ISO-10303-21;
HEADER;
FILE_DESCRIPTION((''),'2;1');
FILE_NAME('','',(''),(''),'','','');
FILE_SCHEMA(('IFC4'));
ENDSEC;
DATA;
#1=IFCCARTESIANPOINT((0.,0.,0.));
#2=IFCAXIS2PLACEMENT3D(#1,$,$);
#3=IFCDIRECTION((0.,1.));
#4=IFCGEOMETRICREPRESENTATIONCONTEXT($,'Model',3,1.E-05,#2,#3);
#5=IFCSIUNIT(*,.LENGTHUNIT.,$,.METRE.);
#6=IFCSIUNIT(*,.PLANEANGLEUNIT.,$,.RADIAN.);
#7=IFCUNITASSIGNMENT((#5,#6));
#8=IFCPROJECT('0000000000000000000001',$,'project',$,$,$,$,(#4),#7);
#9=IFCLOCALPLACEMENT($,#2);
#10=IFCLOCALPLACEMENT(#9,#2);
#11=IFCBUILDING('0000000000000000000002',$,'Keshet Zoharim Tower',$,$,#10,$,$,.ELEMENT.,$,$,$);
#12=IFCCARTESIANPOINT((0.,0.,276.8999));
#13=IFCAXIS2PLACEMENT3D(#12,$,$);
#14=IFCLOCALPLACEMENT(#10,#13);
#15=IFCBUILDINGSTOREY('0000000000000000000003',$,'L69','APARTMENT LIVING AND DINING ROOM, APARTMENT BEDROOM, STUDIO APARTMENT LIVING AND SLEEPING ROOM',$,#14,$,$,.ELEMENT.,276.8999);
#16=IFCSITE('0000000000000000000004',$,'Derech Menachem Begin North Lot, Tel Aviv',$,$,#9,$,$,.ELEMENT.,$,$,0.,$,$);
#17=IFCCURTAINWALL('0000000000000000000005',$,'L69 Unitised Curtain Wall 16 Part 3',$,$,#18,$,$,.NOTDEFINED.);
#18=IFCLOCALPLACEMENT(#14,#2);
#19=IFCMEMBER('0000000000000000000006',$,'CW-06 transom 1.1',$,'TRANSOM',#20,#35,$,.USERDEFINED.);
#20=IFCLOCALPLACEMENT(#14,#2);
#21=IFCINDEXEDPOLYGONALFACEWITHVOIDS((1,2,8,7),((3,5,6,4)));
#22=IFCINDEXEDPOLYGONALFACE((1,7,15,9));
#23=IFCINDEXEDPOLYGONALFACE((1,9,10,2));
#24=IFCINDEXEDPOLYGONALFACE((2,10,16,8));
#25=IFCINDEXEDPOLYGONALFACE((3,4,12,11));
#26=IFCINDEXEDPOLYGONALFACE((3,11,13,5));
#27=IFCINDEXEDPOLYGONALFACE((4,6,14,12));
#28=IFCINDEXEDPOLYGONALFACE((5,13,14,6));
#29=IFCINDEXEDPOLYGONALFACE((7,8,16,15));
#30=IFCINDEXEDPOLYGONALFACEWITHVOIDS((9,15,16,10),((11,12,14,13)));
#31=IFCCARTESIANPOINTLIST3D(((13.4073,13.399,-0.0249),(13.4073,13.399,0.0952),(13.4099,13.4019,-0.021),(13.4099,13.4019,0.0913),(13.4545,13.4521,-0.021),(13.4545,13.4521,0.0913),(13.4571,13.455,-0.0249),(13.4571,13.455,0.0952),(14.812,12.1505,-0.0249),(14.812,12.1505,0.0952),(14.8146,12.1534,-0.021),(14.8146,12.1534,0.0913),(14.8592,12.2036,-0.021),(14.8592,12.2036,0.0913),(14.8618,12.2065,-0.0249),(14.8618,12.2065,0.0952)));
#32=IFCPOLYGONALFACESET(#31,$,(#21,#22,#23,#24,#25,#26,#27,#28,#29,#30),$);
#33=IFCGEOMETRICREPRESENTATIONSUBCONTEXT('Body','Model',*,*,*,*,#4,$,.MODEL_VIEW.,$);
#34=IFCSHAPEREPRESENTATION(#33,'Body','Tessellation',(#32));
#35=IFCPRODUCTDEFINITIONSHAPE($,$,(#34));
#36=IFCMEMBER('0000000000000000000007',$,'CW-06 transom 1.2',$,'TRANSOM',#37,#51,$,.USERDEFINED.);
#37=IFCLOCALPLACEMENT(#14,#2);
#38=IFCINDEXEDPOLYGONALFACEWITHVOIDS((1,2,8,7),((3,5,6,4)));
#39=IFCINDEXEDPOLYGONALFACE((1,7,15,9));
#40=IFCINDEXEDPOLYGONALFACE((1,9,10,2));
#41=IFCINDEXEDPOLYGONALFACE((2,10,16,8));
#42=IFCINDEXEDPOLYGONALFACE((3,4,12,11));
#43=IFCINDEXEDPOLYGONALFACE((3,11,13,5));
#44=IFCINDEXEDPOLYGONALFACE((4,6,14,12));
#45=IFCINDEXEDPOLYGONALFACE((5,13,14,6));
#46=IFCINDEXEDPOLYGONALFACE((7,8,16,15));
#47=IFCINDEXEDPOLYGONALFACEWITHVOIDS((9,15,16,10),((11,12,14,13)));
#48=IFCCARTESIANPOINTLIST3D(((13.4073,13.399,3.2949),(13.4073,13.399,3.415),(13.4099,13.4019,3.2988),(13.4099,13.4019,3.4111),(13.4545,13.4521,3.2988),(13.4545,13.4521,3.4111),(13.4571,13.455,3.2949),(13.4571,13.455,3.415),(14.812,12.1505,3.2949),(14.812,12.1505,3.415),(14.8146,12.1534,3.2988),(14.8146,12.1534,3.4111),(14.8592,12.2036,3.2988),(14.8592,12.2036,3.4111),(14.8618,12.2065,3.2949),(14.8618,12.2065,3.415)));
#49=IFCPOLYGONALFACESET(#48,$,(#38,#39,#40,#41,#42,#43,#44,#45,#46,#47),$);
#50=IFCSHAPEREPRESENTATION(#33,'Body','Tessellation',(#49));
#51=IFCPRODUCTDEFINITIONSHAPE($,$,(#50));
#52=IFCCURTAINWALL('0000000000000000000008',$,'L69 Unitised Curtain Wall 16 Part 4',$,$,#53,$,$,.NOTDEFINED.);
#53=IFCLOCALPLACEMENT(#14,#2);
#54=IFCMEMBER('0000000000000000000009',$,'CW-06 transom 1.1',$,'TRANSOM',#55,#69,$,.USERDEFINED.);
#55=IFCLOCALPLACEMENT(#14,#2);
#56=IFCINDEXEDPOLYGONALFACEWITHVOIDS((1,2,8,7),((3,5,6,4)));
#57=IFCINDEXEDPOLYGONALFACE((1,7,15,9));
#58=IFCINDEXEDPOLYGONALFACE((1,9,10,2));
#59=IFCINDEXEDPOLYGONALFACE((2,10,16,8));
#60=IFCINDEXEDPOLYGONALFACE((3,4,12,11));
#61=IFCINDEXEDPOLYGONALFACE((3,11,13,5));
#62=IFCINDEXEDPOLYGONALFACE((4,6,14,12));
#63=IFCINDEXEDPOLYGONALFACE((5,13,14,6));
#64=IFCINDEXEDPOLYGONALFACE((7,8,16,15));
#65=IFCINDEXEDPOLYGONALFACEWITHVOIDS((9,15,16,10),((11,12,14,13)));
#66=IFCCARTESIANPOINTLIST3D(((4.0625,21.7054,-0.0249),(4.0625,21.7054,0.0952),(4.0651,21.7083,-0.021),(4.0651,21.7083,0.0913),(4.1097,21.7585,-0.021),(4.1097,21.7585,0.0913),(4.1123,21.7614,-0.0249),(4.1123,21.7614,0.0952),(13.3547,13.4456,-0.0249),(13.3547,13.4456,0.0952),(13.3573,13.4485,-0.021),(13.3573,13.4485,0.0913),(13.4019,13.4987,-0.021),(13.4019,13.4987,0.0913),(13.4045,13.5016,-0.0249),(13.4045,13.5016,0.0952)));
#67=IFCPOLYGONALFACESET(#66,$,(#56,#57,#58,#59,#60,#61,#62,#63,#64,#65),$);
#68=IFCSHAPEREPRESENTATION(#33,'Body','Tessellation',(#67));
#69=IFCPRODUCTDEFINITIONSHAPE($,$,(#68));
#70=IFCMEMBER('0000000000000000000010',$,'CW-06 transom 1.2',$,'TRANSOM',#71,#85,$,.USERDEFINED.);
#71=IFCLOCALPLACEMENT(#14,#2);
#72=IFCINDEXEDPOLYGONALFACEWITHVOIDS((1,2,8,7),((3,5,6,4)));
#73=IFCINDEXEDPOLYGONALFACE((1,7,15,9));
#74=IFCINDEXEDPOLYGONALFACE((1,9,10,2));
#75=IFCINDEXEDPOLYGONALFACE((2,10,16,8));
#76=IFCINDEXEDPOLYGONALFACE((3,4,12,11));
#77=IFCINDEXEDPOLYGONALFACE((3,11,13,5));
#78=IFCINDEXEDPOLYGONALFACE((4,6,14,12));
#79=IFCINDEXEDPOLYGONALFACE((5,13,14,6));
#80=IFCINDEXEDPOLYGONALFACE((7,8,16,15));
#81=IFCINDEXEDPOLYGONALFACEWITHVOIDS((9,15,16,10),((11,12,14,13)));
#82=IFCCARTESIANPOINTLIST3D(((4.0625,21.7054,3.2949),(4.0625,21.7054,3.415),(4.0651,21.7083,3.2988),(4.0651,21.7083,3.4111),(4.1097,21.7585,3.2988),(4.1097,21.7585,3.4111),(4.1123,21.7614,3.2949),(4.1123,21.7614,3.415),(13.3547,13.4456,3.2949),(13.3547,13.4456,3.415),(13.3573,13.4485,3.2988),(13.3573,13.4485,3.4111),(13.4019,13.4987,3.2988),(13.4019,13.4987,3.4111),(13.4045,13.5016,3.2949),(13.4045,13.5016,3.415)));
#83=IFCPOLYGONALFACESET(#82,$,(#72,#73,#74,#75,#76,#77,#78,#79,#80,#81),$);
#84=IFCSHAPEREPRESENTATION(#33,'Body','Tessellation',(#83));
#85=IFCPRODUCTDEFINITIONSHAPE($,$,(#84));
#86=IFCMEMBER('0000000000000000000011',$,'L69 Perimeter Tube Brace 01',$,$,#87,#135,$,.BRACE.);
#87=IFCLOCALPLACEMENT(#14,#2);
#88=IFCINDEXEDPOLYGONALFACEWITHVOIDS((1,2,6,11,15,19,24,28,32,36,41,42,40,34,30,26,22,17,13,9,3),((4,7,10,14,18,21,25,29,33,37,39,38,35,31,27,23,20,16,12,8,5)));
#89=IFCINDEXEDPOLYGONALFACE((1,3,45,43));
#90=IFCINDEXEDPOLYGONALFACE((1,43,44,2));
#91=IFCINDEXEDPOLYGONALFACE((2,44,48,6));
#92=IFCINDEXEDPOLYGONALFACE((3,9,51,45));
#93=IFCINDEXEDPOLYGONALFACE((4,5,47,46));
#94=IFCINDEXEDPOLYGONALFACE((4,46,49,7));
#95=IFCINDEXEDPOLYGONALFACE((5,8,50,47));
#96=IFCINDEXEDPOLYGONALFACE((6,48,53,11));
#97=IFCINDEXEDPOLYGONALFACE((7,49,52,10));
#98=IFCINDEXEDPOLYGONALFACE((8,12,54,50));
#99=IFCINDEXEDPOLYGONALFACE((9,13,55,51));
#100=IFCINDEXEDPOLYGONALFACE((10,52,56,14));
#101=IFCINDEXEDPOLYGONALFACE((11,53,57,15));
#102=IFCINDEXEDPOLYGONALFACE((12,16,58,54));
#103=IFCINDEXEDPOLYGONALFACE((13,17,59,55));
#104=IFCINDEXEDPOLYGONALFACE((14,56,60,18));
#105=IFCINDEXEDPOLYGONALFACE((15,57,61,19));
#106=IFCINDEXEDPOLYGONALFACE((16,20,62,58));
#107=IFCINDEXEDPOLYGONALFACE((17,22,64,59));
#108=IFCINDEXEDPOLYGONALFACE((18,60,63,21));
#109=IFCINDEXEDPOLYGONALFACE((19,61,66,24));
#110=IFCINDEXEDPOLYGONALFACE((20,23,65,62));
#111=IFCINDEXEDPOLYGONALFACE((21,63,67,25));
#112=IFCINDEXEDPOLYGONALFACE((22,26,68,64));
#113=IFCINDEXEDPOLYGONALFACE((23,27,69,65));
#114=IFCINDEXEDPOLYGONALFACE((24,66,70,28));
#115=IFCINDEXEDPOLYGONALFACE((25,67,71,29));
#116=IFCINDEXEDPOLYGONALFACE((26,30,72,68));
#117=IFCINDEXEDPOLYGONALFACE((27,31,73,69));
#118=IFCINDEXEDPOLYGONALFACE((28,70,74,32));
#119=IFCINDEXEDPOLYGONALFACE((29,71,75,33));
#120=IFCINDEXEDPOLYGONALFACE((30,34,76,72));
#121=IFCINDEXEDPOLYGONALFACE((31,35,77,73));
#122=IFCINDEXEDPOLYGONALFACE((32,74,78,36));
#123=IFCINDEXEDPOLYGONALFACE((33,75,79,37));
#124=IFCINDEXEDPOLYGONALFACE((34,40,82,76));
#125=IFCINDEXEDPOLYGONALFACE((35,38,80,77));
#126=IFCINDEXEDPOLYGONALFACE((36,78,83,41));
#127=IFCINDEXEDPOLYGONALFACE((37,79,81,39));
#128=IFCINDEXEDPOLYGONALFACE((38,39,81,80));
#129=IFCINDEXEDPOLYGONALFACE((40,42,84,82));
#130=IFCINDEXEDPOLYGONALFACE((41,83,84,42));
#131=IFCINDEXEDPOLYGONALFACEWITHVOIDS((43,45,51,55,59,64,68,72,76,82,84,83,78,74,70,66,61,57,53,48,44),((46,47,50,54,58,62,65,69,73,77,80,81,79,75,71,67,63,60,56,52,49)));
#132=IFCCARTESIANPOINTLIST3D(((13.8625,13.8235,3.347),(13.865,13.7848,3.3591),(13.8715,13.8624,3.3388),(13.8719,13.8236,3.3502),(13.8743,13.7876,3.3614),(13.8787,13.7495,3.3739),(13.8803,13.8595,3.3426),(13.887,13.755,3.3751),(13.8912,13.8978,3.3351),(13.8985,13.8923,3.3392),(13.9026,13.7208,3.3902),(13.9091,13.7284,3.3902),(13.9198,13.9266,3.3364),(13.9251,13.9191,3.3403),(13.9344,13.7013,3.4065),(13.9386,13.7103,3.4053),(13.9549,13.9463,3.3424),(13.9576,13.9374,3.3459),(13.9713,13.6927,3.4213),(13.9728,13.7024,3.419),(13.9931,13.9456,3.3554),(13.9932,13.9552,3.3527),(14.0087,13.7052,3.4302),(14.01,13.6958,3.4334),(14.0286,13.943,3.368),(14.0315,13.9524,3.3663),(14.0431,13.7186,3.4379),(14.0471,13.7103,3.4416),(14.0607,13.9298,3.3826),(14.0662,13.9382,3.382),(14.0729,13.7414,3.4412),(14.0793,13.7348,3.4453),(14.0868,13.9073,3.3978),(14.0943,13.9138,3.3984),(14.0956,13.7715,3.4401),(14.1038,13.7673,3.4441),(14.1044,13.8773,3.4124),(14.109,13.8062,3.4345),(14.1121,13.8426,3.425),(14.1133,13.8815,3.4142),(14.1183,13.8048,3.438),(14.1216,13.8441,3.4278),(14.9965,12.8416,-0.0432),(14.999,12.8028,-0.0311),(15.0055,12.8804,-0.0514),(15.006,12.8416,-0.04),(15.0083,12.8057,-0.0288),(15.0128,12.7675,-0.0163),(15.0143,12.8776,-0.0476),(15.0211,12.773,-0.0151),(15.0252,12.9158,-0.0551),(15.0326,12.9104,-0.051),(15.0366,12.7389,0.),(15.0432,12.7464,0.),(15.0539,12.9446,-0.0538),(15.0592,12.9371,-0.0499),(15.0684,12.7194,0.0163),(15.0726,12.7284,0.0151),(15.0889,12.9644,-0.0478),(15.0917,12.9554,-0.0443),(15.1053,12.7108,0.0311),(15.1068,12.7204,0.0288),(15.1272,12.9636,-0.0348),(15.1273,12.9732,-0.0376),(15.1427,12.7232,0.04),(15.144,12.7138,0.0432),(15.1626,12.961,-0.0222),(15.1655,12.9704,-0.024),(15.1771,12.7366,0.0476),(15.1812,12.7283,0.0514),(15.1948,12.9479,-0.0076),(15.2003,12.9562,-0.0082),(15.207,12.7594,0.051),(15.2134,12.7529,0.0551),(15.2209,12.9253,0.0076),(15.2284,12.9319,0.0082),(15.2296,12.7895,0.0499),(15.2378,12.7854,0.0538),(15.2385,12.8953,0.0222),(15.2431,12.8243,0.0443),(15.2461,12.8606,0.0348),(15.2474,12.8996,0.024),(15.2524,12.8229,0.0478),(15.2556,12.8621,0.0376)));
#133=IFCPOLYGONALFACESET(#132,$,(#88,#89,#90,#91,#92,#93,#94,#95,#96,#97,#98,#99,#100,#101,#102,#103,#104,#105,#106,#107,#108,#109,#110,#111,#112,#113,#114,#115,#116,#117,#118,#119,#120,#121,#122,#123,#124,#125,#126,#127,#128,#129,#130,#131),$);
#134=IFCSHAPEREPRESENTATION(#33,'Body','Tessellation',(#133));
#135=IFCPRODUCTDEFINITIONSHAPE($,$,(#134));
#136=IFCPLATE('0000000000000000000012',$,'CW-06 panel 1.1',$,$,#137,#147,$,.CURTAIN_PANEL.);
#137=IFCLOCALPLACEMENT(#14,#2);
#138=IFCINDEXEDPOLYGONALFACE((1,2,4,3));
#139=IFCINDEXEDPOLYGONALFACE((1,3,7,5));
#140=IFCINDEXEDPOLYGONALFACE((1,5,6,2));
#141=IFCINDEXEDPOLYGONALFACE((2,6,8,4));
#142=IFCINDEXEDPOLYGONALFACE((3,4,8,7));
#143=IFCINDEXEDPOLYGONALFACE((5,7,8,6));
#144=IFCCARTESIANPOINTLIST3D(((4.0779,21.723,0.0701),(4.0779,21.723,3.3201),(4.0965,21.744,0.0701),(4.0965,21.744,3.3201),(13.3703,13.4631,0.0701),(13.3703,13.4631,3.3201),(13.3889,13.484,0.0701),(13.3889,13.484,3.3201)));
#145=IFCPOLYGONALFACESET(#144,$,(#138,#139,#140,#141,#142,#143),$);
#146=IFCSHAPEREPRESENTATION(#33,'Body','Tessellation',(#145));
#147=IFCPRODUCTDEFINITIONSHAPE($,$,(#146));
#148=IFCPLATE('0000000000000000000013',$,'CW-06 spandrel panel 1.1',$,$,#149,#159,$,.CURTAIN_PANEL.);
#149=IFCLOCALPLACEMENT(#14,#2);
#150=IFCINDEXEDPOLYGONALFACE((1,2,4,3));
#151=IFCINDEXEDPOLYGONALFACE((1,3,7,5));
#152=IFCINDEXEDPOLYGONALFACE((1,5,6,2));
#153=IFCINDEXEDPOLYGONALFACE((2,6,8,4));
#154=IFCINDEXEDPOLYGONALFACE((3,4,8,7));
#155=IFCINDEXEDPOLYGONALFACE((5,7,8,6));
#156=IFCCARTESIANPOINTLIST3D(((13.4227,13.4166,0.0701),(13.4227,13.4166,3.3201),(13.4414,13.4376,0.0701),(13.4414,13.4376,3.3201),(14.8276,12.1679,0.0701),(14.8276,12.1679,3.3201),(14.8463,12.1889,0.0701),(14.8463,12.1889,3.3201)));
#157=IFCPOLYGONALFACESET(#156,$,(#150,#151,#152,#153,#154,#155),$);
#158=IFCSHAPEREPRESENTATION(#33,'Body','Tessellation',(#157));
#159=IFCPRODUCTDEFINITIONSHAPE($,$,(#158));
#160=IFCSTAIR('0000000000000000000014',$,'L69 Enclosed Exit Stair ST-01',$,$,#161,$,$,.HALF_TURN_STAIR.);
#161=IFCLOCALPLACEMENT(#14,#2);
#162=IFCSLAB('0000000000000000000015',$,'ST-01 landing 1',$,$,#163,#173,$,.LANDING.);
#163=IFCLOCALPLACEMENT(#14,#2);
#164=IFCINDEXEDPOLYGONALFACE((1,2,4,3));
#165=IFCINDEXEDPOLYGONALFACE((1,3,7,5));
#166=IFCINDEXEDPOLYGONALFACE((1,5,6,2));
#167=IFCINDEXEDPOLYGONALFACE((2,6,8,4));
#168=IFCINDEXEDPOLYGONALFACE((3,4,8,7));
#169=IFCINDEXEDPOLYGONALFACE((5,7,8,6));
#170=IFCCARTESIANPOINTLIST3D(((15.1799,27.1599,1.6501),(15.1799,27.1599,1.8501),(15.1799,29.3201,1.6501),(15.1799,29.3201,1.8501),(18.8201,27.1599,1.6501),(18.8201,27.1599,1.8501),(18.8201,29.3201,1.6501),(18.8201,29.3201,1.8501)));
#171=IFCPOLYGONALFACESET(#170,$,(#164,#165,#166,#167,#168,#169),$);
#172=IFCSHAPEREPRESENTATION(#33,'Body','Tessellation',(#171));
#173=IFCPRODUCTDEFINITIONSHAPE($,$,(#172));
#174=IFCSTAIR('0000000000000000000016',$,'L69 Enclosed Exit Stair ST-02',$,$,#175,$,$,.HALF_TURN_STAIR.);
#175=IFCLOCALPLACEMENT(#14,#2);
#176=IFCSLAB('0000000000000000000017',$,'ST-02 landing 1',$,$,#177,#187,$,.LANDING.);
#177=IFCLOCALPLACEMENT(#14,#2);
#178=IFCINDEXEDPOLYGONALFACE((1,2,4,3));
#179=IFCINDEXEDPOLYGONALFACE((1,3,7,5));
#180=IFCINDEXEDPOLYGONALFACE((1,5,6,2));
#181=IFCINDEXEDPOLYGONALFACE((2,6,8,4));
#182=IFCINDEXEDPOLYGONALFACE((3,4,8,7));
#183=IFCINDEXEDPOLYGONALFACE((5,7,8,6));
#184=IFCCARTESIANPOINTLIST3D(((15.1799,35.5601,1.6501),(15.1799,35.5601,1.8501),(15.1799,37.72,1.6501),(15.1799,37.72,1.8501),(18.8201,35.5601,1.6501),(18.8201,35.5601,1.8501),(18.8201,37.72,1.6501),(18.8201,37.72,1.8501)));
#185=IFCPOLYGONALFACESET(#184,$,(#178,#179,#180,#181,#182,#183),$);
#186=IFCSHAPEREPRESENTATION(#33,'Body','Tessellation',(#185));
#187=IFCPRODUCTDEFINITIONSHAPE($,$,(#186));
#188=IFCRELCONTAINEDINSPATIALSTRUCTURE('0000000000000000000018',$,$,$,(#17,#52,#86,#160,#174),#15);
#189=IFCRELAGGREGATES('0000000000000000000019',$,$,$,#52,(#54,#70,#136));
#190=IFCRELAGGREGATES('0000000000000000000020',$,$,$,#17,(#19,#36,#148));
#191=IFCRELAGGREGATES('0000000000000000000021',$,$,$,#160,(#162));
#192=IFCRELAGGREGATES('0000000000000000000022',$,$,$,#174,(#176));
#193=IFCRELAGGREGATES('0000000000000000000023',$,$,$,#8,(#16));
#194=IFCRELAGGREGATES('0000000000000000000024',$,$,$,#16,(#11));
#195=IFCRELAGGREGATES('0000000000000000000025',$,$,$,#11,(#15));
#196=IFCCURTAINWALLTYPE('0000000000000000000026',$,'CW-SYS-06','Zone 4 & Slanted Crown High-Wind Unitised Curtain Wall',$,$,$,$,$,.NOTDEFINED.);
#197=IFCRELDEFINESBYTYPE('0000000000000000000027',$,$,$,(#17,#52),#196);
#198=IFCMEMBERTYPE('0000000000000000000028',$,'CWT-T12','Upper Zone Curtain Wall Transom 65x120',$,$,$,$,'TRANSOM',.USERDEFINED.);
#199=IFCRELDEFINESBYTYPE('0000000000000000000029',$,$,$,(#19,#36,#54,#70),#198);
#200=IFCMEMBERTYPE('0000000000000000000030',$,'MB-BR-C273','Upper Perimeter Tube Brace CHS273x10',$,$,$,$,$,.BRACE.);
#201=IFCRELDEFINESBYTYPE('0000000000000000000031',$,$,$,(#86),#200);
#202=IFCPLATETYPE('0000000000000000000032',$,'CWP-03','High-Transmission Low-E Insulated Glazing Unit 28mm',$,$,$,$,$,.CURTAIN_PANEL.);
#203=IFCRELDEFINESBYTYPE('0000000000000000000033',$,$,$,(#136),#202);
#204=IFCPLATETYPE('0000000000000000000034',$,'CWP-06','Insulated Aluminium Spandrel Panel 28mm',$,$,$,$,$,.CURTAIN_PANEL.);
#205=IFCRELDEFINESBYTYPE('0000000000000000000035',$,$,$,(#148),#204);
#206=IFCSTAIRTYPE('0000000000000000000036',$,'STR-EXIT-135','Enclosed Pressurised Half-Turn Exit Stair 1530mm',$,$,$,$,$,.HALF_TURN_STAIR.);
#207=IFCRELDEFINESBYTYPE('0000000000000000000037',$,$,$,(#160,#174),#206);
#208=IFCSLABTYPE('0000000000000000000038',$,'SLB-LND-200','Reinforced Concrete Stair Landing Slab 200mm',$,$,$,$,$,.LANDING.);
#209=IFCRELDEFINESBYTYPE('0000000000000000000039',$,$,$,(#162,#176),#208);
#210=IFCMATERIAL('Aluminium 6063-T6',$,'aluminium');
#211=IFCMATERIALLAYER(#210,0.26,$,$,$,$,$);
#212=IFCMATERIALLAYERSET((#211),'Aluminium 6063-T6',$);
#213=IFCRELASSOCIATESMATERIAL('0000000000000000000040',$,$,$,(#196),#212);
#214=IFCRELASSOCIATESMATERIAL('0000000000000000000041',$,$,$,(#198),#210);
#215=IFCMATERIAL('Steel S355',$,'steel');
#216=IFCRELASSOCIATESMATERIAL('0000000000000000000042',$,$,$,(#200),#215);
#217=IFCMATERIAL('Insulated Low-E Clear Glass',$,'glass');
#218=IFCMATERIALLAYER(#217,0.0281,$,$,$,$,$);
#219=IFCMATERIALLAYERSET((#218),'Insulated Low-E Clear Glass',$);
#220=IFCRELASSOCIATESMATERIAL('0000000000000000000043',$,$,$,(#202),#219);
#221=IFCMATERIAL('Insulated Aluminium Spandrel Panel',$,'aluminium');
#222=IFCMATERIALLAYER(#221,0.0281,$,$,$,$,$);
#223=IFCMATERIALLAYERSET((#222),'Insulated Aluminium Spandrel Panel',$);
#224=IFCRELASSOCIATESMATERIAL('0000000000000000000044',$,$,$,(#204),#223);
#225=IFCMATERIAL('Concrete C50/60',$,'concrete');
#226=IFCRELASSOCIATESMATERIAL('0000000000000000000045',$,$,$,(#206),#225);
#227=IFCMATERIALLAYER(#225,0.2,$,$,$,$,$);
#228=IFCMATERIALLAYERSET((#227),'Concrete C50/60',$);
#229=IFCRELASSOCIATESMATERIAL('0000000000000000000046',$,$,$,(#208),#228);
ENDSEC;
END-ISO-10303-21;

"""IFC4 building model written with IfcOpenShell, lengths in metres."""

from ifc_helpers import new_model, si_unit, direction, frame, origin, origin_2d, place, context, subcontext, project, spatial, polyline, rectangle, hollow_rectangle, hollow_circle, outline, extrude, material, layer, layer_set, material_profile, profile_set, type_object, element, aggregate, save


model = new_model("IFC4")

# Units and contexts
model_context = context("Model", 3, precision=1e-05, world=origin(), true_north=direction((0.0, 1.0)))
body_context = subcontext(model_context, "Body", "Model", "MODEL_VIEW")
ifc_project = project(units=[si_unit("LENGTHUNIT", "METRE"), si_unit("PLANEANGLEUNIT", "RADIAN")], contexts=[model_context])

# Site, building, storey
site_placement = place(None, origin())
site = spatial("IfcSite", under=ifc_project, at=site_placement, Name="Derech Menachem Begin North Lot, Tel Aviv", CompositionType="ELEMENT", RefElevation=0.0)
building_placement = place(site_placement, origin())
building = spatial("IfcBuilding", under=site, at=building_placement, Name="Keshet Zoharim Tower", CompositionType="ELEMENT")
storey_placement = place(building_placement, frame((0.0, 0.0, 276.8999)))
storey = spatial("IfcBuildingStorey", under=building, at=storey_placement, Name="L69", Description="APARTMENT LIVING AND DINING ROOM, APARTMENT BEDROOM, STUDIO APARTMENT LIVING AND SLEEPING ROOM", CompositionType="ELEMENT", Elevation=276.8999)

# Shared definitions
ifc_material_1 = material(Name="Steel S355", Category="steel")

# Shared definitions
ifc_material_2 = material(Name="Aluminium 6063-T6", Category="aluminium")
ifc_layer_1 = layer(ifc_material_2, 0.26)
ifc_layer_set_1 = layer_set([ifc_layer_1], Name="Aluminium 6063-T6")
curtain_wall_type = type_object("IfcCurtainWallType", Name="CW-SYS-06", Description="Zone 4 & Slanted Crown High-Wind Unitised Curtain Wall", PredefinedType="NOTDEFINED", material=ifc_layer_set_1)

# Curtain walls, members
curtain_wall_1_placement = place(storey_placement, origin())
curtain_wall_1 = element("IfcCurtainWall", 1, at=curtain_wall_1_placement, inside=storey, type_object=curtain_wall_type, Name="L69 Unitised Curtain Wall 16 Part 3", PredefinedType="NOTDEFINED")
ifc_material_profile_1 = material_profile(ifc_material_2, hollow_rectangle(XDim=0.075, YDim=0.1201, WallThickness=0.0039, at=origin_2d()), Name="TRN-75x120")
ifc_profile_set_1 = profile_set([ifc_material_profile_1], Name="Aluminium 6063-T6")
member_type_1 = type_object("IfcMemberType", Name="CWT-T12", Description="Upper Zone Curtain Wall Transom 65x120", ElementType="TRANSOM", PredefinedType="USERDEFINED", material=ifc_profile_set_1)
member_1_placement = place(storey_placement, frame((14.8369, 12.1785, 0.0352), z_axis=(-0.747452, 0.664315, 0.0), x_axis=(-0.664315, -0.747452, 0.0)))
member_1 = element("IfcMember", 2, at=member_1_placement, type_object=member_type_1, Name="CW-06 transom 1.1", ObjectType="TRANSOM", PredefinedType="USERDEFINED", context=body_context, shape_type="SweptSolid", body=[
    extrude(hollow_rectangle(XDim=0.075, YDim=0.1201, WallThickness=0.0039, at=origin_2d()), origin(), (0.0, 0.0, 1.0), 1.8794),
])
member_2_placement = place(storey_placement, frame((14.8369, 12.1785, 3.355), z_axis=(-0.747452, 0.664315, 0.0), x_axis=(-0.664315, -0.747452, 0.0)))
member_2 = element("IfcMember", 3, at=member_2_placement, type_object=member_type_1, Name="CW-06 transom 1.2", ObjectType="TRANSOM", PredefinedType="USERDEFINED", context=body_context, shape_type="SweptSolid", body=[
    extrude(hollow_rectangle(XDim=0.075, YDim=0.1201, WallThickness=0.0039, at=origin_2d()), origin(), (0.0, 0.0, 1.0), 1.8794),
])
curtain_wall_2_placement = place(storey_placement, origin())
curtain_wall_2 = element("IfcCurtainWall", 4, at=curtain_wall_2_placement, inside=storey, type_object=curtain_wall_type, Name="L69 Unitised Curtain Wall 16 Part 4", PredefinedType="NOTDEFINED")
member_3_placement = place(storey_placement, frame((13.3796, 13.4736, 0.0352), z_axis=(-0.747409, 0.664364, 0.0), x_axis=(-0.664364, -0.747409, 0.0)))
member_3 = element("IfcMember", 5, at=member_3_placement, type_object=member_type_1, Name="CW-06 transom 1.1", ObjectType="TRANSOM", PredefinedType="USERDEFINED", context=body_context, shape_type="SweptSolid", body=[
    extrude(hollow_rectangle(XDim=0.075, YDim=0.1201, WallThickness=0.0039, at=origin_2d()), origin(), (0.0, 0.0, 1.0), 12.4326),
])
member_4_placement = place(storey_placement, frame((13.3796, 13.4736, 3.355), z_axis=(-0.747409, 0.664364, 0.0), x_axis=(-0.664364, -0.747409, 0.0)))
member_4 = element("IfcMember", 6, at=member_4_placement, type_object=member_type_1, Name="CW-06 transom 1.2", ObjectType="TRANSOM", PredefinedType="USERDEFINED", context=body_context, shape_type="SweptSolid", body=[
    extrude(hollow_rectangle(XDim=0.075, YDim=0.1201, WallThickness=0.0039, at=origin_2d()), origin(), (0.0, 0.0, 1.0), 12.4326),
])

# Member
ifc_material_profile_2 = material_profile(ifc_material_1, hollow_circle(Radius=0.1365, WallThickness=0.01, at=origin_2d()), Name="CHS273x10")
ifc_profile_set_2 = profile_set([ifc_material_profile_2], Name="Steel S355")
member_type_2 = type_object("IfcMemberType", Name="MB-BR-C273", Description="Upper Perimeter Tube Brace CHS273x10", PredefinedType="BRACE", material=ifc_profile_set_2)
member_5_placement = place(storey_placement, frame((15.126, 12.842, 0.0), z_axis=(-0.305901, 0.264873, 0.914476), x_axis=(-0.65459, -0.755984, 0.0)))
element("IfcMember", 7, at=member_5_placement, inside=storey, type_object=member_type_2, Name="L69 Perimeter Tube Brace 01", PredefinedType="BRACE", context=body_context, shape_type="SweptSolid", body=[
    extrude(hollow_circle(Radius=0.1365, WallThickness=0.01, at=origin_2d()), origin(), (0.0, 0.0, 1.0), 3.7073),
])

# Plates
ifc_material_3 = material(Name="Insulated Low-E Clear Glass", Category="glass")
ifc_layer_2 = layer(ifc_material_3, 0.0281)
ifc_layer_set_2 = layer_set([ifc_layer_2], Name="Insulated Low-E Clear Glass")
plate_type_1 = type_object("IfcPlateType", Name="CWP-03", Description="High-Transmission Low-E Insulated Glazing Unit 28mm", PredefinedType="CURTAIN_PANEL", material=ifc_layer_set_2)
plate_1_placement = place(storey_placement, frame((8.7334, 17.6035, 0.0701), z_axis=(0.0, 0.0, 1.0), x_axis=(-0.747409, 0.664364, 0.0)))
plate_1 = element("IfcPlate", 8, at=plate_1_placement, type_object=plate_type_1, Name="CW-06 panel 1.1", PredefinedType="CURTAIN_PANEL", context=body_context, shape_type="SweptSolid", body=[
    extrude(rectangle(XDim=12.4329, YDim=0.0281, at=origin_2d()), origin(), (0.0, 0.0, 1.0), 3.25),
])
aggregate(curtain_wall_2, [member_3, member_4, plate_1])
ifc_material_4 = material(Name="Insulated Aluminium Spandrel Panel", Category="aluminium")
ifc_layer_3 = layer(ifc_material_4, 0.0281)
ifc_layer_set_3 = layer_set([ifc_layer_3], Name="Insulated Aluminium Spandrel Panel")
plate_type_2 = type_object("IfcPlateType", Name="CWP-06", Description="Insulated Aluminium Spandrel Panel 28mm", PredefinedType="CURTAIN_PANEL", material=ifc_layer_set_3)
plate_2_placement = place(storey_placement, frame((14.1345, 12.8027, 0.0701), z_axis=(0.0, 0.0, 1.0), x_axis=(-0.747432, 0.664338, 0.0)))
plate_2 = element("IfcPlate", 9, at=plate_2_placement, type_object=plate_type_2, Name="CW-06 spandrel panel 1.1", PredefinedType="CURTAIN_PANEL", context=body_context, shape_type="SweptSolid", body=[
    extrude(rectangle(XDim=1.8796, YDim=0.0281, at=origin_2d()), origin(), (0.0, 0.0, 1.0), 3.25),
])
aggregate(curtain_wall_1, [member_1, member_2, plate_2])

# Stairs, slabs
ifc_material_5 = material(Name="Concrete C50/60", Category="concrete")
stair_type = type_object("IfcStairType", Name="STR-EXIT-135", Description="Enclosed Pressurised Half-Turn Exit Stair 1530mm", PredefinedType="HALF_TURN_STAIR", material=ifc_material_5)
stair_1_placement = place(storey_placement, origin())
stair_1 = element("IfcStair", 10, at=stair_1_placement, inside=storey, type_object=stair_type, Name="L69 Enclosed Exit Stair ST-01", PredefinedType="HALF_TURN_STAIR")
ifc_layer_4 = layer(ifc_material_5, 0.2)
ifc_layer_set_4 = layer_set([ifc_layer_4], Name="Concrete C50/60")
slab_type_1 = type_object("IfcSlabType", Name="SLB-LND-200", Description="Reinforced Concrete Stair Landing Slab 200mm", PredefinedType="LANDING", material=ifc_layer_set_4)
slab_1_placement = place(storey_placement, frame((0.0, 0.0, 1.6501)))
slab_1 = element("IfcSlab", 11, at=slab_1_placement, type_object=slab_type_1, Name="ST-01 landing 1", PredefinedType="LANDING", context=body_context, shape_type="SweptSolid", body=[
    extrude(outline(polyline([(15.1799, 27.1599), (18.8201, 27.1599), (18.8201, 29.3201), (15.1799, 29.3201), (15.1799, 27.1599)])), origin(), (0.0, 0.0, 1.0), 0.2),
])
aggregate(stair_1, [slab_1])
stair_2_placement = place(storey_placement, origin())
stair_2 = element("IfcStair", 12, at=stair_2_placement, inside=storey, type_object=stair_type, Name="L69 Enclosed Exit Stair ST-02", PredefinedType="HALF_TURN_STAIR")
slab_2_placement = place(storey_placement, frame((0.0, 0.0, 1.6501)))
slab_2 = element("IfcSlab", 13, at=slab_2_placement, type_object=slab_type_1, Name="ST-02 landing 1", PredefinedType="LANDING", context=body_context, shape_type="SweptSolid", body=[
    extrude(outline(polyline([(15.1799, 35.5601), (18.8201, 35.5601), (18.8201, 37.72), (15.1799, 37.72), (15.1799, 35.5601)])), origin(), (0.0, 0.0, 1.0), 0.2),
])
aggregate(stair_2, [slab_2])

save(model, "model.ifc")
